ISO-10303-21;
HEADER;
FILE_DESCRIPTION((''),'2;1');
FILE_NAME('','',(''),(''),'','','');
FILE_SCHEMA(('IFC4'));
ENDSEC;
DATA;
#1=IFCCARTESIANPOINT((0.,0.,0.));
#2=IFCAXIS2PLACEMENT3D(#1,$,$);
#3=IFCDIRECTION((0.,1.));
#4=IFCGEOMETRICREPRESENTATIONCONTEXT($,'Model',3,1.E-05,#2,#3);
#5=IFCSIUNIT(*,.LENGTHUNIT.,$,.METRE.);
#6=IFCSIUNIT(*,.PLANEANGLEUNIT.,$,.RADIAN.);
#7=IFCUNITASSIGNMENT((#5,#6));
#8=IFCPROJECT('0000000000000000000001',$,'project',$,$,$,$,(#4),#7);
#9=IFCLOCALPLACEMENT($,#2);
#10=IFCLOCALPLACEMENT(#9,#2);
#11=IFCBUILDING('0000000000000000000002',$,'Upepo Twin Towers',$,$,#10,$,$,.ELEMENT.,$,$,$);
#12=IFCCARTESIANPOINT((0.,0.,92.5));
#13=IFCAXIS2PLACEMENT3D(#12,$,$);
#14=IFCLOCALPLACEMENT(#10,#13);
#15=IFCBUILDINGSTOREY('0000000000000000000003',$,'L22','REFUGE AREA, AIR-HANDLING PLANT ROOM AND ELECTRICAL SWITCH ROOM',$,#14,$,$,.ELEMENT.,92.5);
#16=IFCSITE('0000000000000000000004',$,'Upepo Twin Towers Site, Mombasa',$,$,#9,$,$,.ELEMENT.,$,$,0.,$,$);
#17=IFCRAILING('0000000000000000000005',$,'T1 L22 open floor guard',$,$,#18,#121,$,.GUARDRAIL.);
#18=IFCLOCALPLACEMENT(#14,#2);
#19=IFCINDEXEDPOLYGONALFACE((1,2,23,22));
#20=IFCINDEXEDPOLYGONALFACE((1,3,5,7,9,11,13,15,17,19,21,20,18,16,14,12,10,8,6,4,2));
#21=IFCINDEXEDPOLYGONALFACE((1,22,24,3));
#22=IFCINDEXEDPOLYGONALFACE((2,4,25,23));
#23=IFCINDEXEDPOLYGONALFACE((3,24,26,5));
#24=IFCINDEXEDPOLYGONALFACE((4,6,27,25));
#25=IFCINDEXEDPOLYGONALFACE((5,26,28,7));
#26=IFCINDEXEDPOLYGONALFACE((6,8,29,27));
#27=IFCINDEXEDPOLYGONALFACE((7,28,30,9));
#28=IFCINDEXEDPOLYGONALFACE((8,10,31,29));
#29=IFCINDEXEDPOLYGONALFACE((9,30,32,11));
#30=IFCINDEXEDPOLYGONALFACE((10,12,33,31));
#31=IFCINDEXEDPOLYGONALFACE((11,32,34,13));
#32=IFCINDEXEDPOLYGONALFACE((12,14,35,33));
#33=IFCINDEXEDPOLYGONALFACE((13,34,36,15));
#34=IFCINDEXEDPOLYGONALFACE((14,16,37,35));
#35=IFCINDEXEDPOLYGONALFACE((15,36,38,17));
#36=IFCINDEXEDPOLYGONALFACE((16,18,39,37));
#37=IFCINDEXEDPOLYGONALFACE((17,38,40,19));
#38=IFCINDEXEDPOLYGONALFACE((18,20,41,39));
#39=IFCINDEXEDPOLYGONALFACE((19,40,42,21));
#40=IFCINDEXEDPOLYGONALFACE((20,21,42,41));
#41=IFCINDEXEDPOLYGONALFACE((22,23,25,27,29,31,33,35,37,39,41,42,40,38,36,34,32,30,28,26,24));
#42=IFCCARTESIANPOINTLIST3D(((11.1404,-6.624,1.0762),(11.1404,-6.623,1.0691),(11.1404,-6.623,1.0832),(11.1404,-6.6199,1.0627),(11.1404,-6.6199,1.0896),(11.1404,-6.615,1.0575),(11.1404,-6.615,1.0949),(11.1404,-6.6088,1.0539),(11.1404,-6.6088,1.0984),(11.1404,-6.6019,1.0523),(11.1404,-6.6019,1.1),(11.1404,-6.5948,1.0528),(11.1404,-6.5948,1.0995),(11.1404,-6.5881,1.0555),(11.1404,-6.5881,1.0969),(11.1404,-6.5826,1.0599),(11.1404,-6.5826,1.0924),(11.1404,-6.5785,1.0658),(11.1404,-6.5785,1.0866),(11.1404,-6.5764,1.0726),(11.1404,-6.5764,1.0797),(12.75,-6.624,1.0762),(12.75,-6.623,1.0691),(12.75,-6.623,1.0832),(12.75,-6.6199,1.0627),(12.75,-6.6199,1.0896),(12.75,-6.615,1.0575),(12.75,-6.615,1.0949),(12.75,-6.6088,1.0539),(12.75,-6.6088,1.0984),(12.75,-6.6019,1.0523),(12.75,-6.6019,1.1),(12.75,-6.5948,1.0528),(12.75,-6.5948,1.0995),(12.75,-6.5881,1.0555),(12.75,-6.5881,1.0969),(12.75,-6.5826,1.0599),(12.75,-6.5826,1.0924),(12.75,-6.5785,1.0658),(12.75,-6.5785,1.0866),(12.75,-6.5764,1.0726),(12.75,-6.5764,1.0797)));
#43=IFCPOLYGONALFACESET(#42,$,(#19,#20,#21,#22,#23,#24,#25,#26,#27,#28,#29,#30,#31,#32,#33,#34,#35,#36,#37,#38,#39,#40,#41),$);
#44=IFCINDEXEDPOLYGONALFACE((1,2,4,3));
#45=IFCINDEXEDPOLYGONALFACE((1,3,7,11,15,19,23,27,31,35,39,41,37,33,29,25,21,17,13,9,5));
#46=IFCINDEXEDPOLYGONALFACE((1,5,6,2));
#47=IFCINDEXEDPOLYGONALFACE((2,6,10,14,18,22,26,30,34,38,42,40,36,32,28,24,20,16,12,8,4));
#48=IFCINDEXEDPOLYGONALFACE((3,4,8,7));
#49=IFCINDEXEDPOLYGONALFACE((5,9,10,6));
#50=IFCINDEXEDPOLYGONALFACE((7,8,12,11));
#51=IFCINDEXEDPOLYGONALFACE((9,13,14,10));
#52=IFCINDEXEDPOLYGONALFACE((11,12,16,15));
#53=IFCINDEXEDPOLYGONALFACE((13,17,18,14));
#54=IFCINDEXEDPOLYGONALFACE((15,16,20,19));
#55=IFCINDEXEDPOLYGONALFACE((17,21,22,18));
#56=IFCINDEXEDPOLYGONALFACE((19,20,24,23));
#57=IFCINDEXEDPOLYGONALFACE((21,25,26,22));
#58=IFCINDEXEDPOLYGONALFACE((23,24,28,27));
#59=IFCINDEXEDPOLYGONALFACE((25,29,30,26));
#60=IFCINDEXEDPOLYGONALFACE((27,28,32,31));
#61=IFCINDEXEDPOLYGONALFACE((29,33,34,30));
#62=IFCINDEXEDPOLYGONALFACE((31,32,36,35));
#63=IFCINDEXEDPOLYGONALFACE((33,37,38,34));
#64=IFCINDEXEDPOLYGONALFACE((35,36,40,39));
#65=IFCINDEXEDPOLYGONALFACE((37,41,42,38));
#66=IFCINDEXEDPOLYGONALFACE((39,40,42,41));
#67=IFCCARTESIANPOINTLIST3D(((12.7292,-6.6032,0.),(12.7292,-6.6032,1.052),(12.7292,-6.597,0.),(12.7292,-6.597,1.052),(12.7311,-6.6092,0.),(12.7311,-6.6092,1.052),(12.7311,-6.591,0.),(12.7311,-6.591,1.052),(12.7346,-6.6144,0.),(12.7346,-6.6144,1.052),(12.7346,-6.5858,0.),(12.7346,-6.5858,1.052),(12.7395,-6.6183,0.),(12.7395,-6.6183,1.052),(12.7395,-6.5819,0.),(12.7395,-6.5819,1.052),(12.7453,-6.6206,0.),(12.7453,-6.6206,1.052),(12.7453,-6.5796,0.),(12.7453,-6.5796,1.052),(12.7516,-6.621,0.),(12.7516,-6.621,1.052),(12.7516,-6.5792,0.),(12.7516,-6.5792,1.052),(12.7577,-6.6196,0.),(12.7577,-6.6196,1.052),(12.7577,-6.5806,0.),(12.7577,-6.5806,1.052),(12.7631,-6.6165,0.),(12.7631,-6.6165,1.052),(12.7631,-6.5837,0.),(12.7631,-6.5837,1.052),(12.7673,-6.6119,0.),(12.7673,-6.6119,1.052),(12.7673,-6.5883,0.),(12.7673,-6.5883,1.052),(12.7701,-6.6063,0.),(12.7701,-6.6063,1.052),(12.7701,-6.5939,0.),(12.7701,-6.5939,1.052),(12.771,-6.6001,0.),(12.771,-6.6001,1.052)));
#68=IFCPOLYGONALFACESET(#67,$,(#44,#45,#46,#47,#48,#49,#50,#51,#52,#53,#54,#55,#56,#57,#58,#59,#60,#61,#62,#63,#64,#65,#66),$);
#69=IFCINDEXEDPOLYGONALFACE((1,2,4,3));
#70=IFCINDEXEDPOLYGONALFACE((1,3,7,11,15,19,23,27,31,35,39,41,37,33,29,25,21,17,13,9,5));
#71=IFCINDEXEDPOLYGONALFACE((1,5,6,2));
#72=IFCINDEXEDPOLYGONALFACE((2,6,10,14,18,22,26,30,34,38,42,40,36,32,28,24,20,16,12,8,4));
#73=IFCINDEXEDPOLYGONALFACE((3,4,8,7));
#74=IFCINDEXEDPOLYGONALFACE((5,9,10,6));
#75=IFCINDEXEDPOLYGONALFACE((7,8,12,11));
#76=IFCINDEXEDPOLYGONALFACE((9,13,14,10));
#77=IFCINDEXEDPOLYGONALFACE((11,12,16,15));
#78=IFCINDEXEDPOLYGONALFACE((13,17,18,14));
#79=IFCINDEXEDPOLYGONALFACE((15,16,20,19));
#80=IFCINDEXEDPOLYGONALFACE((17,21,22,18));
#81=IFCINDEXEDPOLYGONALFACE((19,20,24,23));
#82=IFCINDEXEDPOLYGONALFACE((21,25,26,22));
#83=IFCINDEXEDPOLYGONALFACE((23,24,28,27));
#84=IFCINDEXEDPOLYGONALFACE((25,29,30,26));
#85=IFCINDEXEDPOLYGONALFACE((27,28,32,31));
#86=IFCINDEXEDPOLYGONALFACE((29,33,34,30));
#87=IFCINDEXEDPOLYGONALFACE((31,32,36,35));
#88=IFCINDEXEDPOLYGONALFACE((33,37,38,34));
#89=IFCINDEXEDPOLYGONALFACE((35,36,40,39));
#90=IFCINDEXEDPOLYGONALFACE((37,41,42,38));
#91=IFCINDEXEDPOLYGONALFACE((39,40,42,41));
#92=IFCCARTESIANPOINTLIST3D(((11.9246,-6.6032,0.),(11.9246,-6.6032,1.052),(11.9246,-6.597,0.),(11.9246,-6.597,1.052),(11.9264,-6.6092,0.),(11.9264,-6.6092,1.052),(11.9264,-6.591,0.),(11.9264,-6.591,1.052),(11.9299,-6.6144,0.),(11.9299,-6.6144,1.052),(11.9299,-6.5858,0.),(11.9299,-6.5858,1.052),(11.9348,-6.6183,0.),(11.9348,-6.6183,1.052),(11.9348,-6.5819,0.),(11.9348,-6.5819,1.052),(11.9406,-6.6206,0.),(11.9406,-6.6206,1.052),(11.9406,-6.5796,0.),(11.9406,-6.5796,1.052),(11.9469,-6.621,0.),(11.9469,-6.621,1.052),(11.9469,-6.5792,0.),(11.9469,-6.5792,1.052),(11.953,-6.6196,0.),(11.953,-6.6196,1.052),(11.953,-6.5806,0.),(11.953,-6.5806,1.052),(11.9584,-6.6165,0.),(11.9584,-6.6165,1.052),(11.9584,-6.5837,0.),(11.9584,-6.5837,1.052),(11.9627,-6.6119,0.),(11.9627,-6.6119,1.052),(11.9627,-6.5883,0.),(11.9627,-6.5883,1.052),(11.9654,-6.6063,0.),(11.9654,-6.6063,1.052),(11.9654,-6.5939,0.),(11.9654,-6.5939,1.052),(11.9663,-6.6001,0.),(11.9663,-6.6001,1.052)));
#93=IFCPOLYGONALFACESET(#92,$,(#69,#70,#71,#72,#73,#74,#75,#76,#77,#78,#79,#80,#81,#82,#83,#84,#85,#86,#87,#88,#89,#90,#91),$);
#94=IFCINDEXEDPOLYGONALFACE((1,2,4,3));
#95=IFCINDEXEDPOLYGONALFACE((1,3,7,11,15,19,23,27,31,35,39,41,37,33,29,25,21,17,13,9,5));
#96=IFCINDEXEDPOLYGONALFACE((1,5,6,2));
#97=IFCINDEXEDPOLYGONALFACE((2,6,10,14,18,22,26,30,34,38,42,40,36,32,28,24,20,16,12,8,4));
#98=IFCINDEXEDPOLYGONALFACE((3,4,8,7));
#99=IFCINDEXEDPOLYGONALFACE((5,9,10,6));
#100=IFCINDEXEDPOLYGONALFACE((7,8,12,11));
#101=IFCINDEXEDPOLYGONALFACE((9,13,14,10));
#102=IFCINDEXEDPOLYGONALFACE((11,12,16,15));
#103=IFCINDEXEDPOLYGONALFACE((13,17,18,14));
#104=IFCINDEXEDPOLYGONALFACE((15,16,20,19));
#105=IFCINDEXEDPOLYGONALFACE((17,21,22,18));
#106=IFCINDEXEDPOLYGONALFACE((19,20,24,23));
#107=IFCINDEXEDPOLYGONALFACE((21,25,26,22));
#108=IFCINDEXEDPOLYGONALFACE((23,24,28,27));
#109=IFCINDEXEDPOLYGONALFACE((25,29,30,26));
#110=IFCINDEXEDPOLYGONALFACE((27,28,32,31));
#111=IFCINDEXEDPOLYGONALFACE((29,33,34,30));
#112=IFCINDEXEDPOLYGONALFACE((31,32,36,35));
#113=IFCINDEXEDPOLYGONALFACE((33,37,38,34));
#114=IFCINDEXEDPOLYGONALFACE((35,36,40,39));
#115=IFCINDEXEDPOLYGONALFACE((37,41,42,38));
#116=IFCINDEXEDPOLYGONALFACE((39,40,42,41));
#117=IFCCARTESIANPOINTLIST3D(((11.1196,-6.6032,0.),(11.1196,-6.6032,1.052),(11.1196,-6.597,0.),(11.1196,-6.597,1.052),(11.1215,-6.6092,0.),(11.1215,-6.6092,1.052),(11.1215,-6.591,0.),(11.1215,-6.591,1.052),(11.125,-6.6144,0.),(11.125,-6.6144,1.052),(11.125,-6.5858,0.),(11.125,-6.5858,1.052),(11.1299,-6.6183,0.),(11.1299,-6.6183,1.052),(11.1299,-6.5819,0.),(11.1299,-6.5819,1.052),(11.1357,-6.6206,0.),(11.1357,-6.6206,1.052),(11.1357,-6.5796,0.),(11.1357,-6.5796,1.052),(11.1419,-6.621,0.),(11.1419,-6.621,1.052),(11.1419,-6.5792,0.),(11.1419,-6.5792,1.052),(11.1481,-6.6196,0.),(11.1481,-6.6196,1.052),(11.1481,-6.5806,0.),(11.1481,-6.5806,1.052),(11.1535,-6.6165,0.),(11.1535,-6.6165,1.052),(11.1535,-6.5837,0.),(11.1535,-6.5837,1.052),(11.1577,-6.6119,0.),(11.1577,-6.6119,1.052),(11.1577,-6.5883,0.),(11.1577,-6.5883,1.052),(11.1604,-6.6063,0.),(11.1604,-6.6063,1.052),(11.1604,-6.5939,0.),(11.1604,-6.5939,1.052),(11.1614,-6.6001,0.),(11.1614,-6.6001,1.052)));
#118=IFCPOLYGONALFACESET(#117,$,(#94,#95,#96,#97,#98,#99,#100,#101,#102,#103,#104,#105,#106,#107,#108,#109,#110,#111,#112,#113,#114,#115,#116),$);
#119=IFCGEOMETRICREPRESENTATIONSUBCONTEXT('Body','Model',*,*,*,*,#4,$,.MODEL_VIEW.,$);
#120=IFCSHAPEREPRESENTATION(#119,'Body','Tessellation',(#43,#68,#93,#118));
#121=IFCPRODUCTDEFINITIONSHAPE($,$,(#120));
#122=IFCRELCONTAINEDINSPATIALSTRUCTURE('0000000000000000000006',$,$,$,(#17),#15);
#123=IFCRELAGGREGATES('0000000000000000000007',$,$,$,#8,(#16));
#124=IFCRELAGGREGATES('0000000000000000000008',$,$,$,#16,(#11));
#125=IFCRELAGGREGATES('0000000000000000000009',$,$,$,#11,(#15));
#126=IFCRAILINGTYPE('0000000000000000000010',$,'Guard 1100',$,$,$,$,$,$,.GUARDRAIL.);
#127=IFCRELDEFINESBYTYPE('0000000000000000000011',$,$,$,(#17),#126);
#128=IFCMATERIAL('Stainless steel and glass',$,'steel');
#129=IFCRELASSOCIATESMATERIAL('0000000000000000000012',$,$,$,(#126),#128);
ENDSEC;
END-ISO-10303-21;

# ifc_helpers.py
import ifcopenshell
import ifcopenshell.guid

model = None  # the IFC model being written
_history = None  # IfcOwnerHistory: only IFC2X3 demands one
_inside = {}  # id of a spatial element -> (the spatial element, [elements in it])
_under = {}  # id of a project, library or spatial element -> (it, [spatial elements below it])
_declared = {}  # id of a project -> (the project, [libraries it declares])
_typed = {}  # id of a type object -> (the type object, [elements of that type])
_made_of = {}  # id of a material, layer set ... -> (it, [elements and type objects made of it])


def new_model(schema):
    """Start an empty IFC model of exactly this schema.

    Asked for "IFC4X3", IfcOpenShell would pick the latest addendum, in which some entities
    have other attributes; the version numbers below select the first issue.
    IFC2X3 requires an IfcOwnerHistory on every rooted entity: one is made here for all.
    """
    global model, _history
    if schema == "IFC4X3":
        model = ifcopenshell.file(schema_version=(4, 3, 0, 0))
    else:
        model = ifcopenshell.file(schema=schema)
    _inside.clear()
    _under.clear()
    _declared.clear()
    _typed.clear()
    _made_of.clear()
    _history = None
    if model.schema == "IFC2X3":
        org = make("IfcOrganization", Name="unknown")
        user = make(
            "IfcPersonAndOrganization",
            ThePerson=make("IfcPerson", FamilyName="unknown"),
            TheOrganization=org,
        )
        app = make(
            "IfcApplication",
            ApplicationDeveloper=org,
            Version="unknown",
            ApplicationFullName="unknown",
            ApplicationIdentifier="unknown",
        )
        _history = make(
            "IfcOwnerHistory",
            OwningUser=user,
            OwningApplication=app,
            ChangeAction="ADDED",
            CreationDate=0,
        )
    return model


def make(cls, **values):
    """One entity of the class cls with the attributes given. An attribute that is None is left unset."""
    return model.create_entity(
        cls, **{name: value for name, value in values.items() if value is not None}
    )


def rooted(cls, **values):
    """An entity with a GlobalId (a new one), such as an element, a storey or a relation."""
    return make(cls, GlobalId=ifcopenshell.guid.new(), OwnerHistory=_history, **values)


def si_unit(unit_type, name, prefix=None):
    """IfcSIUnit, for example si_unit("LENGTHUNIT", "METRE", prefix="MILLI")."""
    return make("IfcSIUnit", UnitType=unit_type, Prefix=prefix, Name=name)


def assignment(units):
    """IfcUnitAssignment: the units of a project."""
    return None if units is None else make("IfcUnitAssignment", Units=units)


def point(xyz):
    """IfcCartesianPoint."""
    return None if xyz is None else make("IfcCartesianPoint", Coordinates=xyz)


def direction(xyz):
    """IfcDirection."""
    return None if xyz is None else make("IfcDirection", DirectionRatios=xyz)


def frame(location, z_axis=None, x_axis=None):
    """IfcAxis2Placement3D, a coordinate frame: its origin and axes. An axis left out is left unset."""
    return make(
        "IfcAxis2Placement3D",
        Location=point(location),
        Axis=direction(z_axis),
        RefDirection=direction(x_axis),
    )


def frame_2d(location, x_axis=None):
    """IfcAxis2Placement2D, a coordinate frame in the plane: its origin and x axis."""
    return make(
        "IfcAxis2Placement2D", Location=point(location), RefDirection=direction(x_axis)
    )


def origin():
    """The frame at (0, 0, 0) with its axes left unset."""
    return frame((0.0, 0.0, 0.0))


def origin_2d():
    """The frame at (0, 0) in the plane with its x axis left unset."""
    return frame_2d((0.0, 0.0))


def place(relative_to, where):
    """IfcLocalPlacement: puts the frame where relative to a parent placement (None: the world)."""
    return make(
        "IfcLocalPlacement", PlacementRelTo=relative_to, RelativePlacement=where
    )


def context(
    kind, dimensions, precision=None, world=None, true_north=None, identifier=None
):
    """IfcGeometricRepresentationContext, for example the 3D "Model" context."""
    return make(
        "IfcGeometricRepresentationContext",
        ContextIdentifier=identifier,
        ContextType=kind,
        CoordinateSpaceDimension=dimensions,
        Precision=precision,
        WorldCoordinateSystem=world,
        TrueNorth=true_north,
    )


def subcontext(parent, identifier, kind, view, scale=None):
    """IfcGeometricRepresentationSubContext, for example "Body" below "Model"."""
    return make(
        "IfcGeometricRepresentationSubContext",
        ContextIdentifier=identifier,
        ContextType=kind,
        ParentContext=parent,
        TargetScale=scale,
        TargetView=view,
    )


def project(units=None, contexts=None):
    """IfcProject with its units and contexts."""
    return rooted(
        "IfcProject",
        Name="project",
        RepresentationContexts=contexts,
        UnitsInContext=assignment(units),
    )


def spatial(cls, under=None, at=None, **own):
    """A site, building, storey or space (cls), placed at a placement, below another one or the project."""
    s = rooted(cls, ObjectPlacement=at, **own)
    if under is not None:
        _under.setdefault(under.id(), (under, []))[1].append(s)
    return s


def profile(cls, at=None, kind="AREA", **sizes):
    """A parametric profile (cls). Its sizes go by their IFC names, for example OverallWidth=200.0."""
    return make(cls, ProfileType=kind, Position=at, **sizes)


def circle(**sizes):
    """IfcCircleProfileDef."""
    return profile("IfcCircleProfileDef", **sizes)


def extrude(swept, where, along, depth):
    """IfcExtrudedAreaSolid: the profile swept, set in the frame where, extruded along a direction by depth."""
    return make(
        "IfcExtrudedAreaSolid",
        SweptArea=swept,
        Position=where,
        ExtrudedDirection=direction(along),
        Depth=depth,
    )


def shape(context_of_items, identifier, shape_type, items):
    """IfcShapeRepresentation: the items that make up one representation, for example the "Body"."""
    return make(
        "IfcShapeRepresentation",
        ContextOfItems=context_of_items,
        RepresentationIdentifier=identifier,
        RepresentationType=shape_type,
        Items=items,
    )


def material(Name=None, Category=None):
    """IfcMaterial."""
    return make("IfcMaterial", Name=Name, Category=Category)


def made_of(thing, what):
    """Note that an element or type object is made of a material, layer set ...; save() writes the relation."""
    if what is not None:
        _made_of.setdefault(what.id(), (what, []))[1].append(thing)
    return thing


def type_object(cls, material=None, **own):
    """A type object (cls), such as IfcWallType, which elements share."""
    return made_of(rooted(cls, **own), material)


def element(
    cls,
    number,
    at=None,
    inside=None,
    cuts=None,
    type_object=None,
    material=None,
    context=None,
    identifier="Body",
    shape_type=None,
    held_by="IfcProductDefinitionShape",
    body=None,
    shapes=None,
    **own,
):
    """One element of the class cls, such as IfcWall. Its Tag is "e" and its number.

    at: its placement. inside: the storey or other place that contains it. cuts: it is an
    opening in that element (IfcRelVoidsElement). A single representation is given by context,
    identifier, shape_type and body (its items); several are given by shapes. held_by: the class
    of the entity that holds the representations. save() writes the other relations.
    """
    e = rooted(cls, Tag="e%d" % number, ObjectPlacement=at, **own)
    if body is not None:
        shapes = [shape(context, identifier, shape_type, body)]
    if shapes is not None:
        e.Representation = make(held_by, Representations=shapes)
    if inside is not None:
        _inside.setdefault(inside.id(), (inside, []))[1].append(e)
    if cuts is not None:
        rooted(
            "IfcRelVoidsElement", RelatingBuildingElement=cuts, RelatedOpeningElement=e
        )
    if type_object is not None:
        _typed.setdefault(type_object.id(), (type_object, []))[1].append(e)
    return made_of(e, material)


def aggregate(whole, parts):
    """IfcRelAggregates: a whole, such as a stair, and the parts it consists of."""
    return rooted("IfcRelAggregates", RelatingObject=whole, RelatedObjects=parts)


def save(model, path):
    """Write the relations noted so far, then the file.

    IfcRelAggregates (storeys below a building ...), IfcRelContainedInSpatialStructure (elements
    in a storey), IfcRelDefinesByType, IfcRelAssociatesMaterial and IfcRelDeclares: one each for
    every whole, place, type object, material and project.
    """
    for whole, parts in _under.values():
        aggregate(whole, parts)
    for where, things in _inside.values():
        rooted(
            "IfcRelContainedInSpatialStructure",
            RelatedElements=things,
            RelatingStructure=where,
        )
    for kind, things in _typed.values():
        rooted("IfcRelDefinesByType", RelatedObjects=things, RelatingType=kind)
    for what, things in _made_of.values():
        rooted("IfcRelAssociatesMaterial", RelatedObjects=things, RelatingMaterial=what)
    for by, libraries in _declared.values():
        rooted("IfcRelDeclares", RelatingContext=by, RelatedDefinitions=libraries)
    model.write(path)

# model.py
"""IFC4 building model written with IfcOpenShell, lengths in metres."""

from ifc_helpers import new_model, si_unit, direction, frame, origin, origin_2d, place, context, subcontext, project, spatial, circle, extrude, material, type_object, element, save


model = new_model("IFC4")

# Units and contexts
model_context = context("Model", 3, precision=1e-05, world=origin(), true_north=direction((0.0, 1.0)))
body_context = subcontext(model_context, "Body", "Model", "MODEL_VIEW")
ifc_project = project(units=[si_unit("LENGTHUNIT", "METRE"), si_unit("PLANEANGLEUNIT", "RADIAN")], contexts=[model_context])

# Site, building, storey
site_placement = place(None, origin())
site = spatial("IfcSite", under=ifc_project, at=site_placement, Name="Upepo Twin Towers Site, Mombasa", CompositionType="ELEMENT", RefElevation=0.0)
building_placement = place(site_placement, origin())
building = spatial("IfcBuilding", under=site, at=building_placement, Name="Upepo Twin Towers", CompositionType="ELEMENT")
storey_placement = place(building_placement, frame((0.0, 0.0, 92.5)))
storey = spatial("IfcBuildingStorey", under=building, at=storey_placement, Name="L22", Description="REFUGE AREA, AIR-HANDLING PLANT ROOM AND ELECTRICAL SWITCH ROOM", CompositionType="ELEMENT", Elevation=92.5)

# Railing
ifc_material_1 = material(Name="Stainless steel and glass", Category="steel")
railing_type_1 = type_object("IfcRailingType", Name="Guard 1100", PredefinedType="GUARDRAIL", material=ifc_material_1)
railing_1_placement = place(storey_placement, frame((12.75, -6.6001, 0.0)))
element("IfcRailing", 1, at=railing_1_placement, inside=storey, type_object=railing_type_1, Name="T1 L22 open floor guard", PredefinedType="GUARDRAIL", context=body_context, shape_type="SweptSolid", body=[
    extrude(circle(Radius=0.0239, at=origin_2d()), frame((0.0, 0.0, 1.0762), z_axis=(-1.0, 0.0, 0.0), x_axis=(0.0, -1.0, 0.0)), (0.0, 0.0, 1.0), 1.6096),
    extrude(circle(Radius=0.021, at=origin_2d()), origin(), (0.0, 0.0, 1.0), 1.052),
    extrude(circle(Radius=0.021, at=origin_2d()), frame((-0.8047, 0.0, 0.0)), (0.0, 0.0, 1.0), 1.052),
    extrude(circle(Radius=0.021, at=origin_2d()), frame((-1.6096, 0.0, 0.0)), (0.0, 0.0, 1.0), 1.052),
])

save(model, "model.ifc")
